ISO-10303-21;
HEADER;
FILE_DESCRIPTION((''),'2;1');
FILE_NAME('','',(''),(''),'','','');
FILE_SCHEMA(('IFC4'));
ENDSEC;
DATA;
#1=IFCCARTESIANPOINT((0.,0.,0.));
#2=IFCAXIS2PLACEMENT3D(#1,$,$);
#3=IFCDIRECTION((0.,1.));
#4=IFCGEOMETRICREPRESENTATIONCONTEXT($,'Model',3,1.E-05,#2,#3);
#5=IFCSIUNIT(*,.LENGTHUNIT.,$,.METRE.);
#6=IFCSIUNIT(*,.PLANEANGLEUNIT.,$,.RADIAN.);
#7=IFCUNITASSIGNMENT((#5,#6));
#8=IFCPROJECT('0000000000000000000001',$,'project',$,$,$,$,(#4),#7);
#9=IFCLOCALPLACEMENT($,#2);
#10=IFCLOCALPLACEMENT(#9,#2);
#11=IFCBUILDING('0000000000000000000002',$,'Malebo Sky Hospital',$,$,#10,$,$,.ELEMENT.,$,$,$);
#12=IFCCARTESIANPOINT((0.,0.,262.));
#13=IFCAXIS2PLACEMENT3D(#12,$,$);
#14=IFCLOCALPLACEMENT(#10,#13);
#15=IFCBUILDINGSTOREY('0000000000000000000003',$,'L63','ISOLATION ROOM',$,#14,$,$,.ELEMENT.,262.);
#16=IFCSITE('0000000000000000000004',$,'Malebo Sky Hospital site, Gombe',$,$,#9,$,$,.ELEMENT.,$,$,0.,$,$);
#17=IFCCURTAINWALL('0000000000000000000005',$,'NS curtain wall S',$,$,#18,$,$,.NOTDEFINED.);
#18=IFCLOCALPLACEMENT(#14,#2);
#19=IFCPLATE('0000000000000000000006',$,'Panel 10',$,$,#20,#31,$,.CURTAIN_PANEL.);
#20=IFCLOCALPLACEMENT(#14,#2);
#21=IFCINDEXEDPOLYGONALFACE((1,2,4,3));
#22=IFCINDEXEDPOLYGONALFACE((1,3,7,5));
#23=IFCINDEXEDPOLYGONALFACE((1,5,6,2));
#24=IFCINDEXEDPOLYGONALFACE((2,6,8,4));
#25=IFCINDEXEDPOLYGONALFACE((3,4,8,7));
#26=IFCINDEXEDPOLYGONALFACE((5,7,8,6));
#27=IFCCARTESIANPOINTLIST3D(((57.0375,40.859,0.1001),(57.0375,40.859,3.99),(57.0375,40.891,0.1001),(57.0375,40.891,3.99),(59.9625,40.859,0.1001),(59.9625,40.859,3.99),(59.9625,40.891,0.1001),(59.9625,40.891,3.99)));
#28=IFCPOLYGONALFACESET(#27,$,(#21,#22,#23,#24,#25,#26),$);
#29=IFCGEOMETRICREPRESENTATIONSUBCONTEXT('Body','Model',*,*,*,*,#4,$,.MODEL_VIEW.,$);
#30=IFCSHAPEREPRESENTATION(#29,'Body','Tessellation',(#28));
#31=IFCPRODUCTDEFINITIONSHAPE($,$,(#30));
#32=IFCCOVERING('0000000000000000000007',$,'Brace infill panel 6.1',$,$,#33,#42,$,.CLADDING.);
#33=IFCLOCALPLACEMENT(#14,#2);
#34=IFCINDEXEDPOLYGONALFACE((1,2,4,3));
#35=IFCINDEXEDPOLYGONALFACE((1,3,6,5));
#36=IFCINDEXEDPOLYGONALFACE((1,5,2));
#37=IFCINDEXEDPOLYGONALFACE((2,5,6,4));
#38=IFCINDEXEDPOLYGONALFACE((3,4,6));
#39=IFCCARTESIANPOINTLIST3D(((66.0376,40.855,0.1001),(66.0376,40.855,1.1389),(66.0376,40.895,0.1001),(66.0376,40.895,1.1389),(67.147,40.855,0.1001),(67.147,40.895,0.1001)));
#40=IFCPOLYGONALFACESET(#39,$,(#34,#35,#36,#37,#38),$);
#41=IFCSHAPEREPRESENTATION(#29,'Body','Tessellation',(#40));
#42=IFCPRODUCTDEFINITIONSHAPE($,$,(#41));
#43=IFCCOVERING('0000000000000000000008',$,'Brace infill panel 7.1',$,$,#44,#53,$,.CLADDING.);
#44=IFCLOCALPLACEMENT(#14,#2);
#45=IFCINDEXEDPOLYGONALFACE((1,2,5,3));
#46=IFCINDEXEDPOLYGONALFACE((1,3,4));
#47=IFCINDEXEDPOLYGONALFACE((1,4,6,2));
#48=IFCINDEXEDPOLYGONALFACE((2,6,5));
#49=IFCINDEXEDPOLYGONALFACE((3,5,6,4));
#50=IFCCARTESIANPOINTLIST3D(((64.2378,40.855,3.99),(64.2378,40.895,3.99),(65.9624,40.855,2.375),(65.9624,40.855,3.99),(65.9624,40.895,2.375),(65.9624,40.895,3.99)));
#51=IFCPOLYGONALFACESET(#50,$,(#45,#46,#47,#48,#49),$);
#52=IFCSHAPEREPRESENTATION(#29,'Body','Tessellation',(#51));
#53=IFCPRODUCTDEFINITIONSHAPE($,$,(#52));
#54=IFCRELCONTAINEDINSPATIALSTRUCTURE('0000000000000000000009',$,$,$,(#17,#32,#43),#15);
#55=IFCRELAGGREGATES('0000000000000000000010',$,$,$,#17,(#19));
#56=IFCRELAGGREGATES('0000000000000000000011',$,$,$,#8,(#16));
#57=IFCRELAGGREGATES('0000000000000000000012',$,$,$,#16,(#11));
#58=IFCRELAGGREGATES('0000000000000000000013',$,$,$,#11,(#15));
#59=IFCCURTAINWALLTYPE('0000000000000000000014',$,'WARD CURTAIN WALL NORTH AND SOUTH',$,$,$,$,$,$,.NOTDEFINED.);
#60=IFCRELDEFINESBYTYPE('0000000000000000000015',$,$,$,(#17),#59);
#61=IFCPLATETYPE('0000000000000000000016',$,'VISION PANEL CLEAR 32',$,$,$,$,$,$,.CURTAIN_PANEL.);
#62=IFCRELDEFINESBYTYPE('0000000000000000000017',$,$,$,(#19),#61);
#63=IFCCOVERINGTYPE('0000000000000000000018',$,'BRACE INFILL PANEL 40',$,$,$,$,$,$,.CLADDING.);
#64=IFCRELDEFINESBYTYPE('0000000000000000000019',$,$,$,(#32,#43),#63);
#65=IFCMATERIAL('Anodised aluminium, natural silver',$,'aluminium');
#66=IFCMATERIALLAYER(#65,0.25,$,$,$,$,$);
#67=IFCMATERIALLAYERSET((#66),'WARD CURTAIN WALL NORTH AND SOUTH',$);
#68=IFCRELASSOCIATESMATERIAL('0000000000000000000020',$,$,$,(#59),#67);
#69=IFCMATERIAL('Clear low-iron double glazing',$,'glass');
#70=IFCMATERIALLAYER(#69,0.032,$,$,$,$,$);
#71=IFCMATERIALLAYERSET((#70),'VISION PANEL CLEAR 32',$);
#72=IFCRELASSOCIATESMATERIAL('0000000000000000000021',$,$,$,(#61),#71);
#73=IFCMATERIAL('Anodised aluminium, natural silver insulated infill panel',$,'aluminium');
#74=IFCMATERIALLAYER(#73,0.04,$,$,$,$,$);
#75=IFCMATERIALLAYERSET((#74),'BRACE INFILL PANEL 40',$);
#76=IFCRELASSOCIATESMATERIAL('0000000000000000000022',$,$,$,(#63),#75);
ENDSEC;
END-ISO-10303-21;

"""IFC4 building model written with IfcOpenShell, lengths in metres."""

from ifc_helpers import new_model, si_unit, direction, frame, origin, origin_2d, place, context, subcontext, project, spatial, polyline, rectangle, outline, extrude, material, layer, layer_set, type_object, element, aggregate, save


model = new_model("IFC4")

# Units and contexts
model_context = context("Model", 3, precision=1e-05, world=origin(), true_north=direction((0.0, 1.0)))
body_context = subcontext(model_context, "Body", "Model", "MODEL_VIEW")
ifc_project = project(units=[si_unit("LENGTHUNIT", "METRE"), si_unit("PLANEANGLEUNIT", "RADIAN")], contexts=[model_context])

# Site, building, storey
site_placement = place(None, origin())
site = spatial("IfcSite", under=ifc_project, at=site_placement, Name="Malebo Sky Hospital site, Gombe", CompositionType="ELEMENT", RefElevation=0.0)
building_placement = place(site_placement, origin())
building = spatial("IfcBuilding", under=site, at=building_placement, Name="Malebo Sky Hospital", CompositionType="ELEMENT")
storey_placement = place(building_placement, frame((0.0, 0.0, 262.0)))
storey = spatial("IfcBuildingStorey", under=building, at=storey_placement, Name="L63", Description="ISOLATION ROOM", CompositionType="ELEMENT", Elevation=262.0)

# Curtain wall
ifc_material_1 = material(Name="Anodised aluminium, natural silver", Category="aluminium")
ifc_layer_1 = layer(ifc_material_1, 0.25)
ifc_layer_set_1 = layer_set([ifc_layer_1], Name="WARD CURTAIN WALL NORTH AND SOUTH")
curtain_wall_type = type_object("IfcCurtainWallType", Name="WARD CURTAIN WALL NORTH AND SOUTH", PredefinedType="NOTDEFINED", material=ifc_layer_set_1)
curtain_wall_placement = place(storey_placement, origin())
curtain_wall = element("IfcCurtainWall", 1, at=curtain_wall_placement, inside=storey, type_object=curtain_wall_type, Name="NS curtain wall S", PredefinedType="NOTDEFINED")

# Plate
ifc_material_2 = material(Name="Clear low-iron double glazing", Category="glass")
ifc_layer_2 = layer(ifc_material_2, 0.032)
ifc_layer_set_2 = layer_set([ifc_layer_2], Name="VISION PANEL CLEAR 32")
plate_type = type_object("IfcPlateType", Name="VISION PANEL CLEAR 32", PredefinedType="CURTAIN_PANEL", material=ifc_layer_set_2)
plate_1_placement = place(storey_placement, frame((58.5, 40.875, 0.1001), z_axis=(0.0, 0.0, 1.0), x_axis=(-1.0, 0.0, 0.0)))
plate_1 = element("IfcPlate", 2, at=plate_1_placement, type_object=plate_type, Name="Panel 10", PredefinedType="CURTAIN_PANEL", context=body_context, shape_type="SweptSolid", body=[
    extrude(rectangle(XDim=2.925, YDim=0.032, at=origin_2d()), origin(), (0.0, 0.0, 1.0), 3.8899),
])
aggregate(curtain_wall, [plate_1])

# Coverings
ifc_material_3 = material(Name="Anodised aluminium, natural silver insulated infill panel", Category="aluminium")
ifc_layer_3 = layer(ifc_material_3, 0.04)
ifc_layer_set_3 = layer_set([ifc_layer_3], Name="BRACE INFILL PANEL 40")
covering_type = type_object("IfcCoveringType", Name="BRACE INFILL PANEL 40", PredefinedType="CLADDING", material=ifc_layer_set_3)
covering_1_placement = place(storey_placement, frame((66.5923, 40.875, 0.1001), z_axis=(0.0, 0.0, 1.0), x_axis=(-1.0, 0.0, 0.0)))
element("IfcCovering", 3, at=covering_1_placement, inside=storey, type_object=covering_type, Name="Brace infill panel 6.1", PredefinedType="CLADDING", context=body_context, shape_type="SweptSolid", body=[
    extrude(outline(polyline([(-0.5547, 0.0), (0.5547, 0.0), (0.5547, 1.0388), (-0.5547, 0.0)])), frame((0.0, 0.02, 0.0), z_axis=(0.0, -1.0, 0.0), x_axis=(1.0, 0.0, 0.0)), (0.0, 0.0, 1.0), 0.04),
])
covering_2_placement = place(storey_placement, frame((65.1001, 40.875, 2.375), z_axis=(0.0, 0.0, 1.0), x_axis=(-1.0, 0.0, 0.0)))
element("IfcCovering", 4, at=covering_2_placement, inside=storey, type_object=covering_type, Name="Brace infill panel 7.1", PredefinedType="CLADDING", context=body_context, shape_type="SweptSolid", body=[
    extrude(outline(polyline([(-0.8623, 0.0), (0.8623, 1.615), (-0.8623, 1.615), (-0.8623, 0.0)])), frame((0.0, 0.02, 0.0), z_axis=(0.0, -1.0, 0.0), x_axis=(1.0, 0.0, 0.0)), (0.0, 0.0, 1.0), 0.04),
])

save(model, "model.ifc")
